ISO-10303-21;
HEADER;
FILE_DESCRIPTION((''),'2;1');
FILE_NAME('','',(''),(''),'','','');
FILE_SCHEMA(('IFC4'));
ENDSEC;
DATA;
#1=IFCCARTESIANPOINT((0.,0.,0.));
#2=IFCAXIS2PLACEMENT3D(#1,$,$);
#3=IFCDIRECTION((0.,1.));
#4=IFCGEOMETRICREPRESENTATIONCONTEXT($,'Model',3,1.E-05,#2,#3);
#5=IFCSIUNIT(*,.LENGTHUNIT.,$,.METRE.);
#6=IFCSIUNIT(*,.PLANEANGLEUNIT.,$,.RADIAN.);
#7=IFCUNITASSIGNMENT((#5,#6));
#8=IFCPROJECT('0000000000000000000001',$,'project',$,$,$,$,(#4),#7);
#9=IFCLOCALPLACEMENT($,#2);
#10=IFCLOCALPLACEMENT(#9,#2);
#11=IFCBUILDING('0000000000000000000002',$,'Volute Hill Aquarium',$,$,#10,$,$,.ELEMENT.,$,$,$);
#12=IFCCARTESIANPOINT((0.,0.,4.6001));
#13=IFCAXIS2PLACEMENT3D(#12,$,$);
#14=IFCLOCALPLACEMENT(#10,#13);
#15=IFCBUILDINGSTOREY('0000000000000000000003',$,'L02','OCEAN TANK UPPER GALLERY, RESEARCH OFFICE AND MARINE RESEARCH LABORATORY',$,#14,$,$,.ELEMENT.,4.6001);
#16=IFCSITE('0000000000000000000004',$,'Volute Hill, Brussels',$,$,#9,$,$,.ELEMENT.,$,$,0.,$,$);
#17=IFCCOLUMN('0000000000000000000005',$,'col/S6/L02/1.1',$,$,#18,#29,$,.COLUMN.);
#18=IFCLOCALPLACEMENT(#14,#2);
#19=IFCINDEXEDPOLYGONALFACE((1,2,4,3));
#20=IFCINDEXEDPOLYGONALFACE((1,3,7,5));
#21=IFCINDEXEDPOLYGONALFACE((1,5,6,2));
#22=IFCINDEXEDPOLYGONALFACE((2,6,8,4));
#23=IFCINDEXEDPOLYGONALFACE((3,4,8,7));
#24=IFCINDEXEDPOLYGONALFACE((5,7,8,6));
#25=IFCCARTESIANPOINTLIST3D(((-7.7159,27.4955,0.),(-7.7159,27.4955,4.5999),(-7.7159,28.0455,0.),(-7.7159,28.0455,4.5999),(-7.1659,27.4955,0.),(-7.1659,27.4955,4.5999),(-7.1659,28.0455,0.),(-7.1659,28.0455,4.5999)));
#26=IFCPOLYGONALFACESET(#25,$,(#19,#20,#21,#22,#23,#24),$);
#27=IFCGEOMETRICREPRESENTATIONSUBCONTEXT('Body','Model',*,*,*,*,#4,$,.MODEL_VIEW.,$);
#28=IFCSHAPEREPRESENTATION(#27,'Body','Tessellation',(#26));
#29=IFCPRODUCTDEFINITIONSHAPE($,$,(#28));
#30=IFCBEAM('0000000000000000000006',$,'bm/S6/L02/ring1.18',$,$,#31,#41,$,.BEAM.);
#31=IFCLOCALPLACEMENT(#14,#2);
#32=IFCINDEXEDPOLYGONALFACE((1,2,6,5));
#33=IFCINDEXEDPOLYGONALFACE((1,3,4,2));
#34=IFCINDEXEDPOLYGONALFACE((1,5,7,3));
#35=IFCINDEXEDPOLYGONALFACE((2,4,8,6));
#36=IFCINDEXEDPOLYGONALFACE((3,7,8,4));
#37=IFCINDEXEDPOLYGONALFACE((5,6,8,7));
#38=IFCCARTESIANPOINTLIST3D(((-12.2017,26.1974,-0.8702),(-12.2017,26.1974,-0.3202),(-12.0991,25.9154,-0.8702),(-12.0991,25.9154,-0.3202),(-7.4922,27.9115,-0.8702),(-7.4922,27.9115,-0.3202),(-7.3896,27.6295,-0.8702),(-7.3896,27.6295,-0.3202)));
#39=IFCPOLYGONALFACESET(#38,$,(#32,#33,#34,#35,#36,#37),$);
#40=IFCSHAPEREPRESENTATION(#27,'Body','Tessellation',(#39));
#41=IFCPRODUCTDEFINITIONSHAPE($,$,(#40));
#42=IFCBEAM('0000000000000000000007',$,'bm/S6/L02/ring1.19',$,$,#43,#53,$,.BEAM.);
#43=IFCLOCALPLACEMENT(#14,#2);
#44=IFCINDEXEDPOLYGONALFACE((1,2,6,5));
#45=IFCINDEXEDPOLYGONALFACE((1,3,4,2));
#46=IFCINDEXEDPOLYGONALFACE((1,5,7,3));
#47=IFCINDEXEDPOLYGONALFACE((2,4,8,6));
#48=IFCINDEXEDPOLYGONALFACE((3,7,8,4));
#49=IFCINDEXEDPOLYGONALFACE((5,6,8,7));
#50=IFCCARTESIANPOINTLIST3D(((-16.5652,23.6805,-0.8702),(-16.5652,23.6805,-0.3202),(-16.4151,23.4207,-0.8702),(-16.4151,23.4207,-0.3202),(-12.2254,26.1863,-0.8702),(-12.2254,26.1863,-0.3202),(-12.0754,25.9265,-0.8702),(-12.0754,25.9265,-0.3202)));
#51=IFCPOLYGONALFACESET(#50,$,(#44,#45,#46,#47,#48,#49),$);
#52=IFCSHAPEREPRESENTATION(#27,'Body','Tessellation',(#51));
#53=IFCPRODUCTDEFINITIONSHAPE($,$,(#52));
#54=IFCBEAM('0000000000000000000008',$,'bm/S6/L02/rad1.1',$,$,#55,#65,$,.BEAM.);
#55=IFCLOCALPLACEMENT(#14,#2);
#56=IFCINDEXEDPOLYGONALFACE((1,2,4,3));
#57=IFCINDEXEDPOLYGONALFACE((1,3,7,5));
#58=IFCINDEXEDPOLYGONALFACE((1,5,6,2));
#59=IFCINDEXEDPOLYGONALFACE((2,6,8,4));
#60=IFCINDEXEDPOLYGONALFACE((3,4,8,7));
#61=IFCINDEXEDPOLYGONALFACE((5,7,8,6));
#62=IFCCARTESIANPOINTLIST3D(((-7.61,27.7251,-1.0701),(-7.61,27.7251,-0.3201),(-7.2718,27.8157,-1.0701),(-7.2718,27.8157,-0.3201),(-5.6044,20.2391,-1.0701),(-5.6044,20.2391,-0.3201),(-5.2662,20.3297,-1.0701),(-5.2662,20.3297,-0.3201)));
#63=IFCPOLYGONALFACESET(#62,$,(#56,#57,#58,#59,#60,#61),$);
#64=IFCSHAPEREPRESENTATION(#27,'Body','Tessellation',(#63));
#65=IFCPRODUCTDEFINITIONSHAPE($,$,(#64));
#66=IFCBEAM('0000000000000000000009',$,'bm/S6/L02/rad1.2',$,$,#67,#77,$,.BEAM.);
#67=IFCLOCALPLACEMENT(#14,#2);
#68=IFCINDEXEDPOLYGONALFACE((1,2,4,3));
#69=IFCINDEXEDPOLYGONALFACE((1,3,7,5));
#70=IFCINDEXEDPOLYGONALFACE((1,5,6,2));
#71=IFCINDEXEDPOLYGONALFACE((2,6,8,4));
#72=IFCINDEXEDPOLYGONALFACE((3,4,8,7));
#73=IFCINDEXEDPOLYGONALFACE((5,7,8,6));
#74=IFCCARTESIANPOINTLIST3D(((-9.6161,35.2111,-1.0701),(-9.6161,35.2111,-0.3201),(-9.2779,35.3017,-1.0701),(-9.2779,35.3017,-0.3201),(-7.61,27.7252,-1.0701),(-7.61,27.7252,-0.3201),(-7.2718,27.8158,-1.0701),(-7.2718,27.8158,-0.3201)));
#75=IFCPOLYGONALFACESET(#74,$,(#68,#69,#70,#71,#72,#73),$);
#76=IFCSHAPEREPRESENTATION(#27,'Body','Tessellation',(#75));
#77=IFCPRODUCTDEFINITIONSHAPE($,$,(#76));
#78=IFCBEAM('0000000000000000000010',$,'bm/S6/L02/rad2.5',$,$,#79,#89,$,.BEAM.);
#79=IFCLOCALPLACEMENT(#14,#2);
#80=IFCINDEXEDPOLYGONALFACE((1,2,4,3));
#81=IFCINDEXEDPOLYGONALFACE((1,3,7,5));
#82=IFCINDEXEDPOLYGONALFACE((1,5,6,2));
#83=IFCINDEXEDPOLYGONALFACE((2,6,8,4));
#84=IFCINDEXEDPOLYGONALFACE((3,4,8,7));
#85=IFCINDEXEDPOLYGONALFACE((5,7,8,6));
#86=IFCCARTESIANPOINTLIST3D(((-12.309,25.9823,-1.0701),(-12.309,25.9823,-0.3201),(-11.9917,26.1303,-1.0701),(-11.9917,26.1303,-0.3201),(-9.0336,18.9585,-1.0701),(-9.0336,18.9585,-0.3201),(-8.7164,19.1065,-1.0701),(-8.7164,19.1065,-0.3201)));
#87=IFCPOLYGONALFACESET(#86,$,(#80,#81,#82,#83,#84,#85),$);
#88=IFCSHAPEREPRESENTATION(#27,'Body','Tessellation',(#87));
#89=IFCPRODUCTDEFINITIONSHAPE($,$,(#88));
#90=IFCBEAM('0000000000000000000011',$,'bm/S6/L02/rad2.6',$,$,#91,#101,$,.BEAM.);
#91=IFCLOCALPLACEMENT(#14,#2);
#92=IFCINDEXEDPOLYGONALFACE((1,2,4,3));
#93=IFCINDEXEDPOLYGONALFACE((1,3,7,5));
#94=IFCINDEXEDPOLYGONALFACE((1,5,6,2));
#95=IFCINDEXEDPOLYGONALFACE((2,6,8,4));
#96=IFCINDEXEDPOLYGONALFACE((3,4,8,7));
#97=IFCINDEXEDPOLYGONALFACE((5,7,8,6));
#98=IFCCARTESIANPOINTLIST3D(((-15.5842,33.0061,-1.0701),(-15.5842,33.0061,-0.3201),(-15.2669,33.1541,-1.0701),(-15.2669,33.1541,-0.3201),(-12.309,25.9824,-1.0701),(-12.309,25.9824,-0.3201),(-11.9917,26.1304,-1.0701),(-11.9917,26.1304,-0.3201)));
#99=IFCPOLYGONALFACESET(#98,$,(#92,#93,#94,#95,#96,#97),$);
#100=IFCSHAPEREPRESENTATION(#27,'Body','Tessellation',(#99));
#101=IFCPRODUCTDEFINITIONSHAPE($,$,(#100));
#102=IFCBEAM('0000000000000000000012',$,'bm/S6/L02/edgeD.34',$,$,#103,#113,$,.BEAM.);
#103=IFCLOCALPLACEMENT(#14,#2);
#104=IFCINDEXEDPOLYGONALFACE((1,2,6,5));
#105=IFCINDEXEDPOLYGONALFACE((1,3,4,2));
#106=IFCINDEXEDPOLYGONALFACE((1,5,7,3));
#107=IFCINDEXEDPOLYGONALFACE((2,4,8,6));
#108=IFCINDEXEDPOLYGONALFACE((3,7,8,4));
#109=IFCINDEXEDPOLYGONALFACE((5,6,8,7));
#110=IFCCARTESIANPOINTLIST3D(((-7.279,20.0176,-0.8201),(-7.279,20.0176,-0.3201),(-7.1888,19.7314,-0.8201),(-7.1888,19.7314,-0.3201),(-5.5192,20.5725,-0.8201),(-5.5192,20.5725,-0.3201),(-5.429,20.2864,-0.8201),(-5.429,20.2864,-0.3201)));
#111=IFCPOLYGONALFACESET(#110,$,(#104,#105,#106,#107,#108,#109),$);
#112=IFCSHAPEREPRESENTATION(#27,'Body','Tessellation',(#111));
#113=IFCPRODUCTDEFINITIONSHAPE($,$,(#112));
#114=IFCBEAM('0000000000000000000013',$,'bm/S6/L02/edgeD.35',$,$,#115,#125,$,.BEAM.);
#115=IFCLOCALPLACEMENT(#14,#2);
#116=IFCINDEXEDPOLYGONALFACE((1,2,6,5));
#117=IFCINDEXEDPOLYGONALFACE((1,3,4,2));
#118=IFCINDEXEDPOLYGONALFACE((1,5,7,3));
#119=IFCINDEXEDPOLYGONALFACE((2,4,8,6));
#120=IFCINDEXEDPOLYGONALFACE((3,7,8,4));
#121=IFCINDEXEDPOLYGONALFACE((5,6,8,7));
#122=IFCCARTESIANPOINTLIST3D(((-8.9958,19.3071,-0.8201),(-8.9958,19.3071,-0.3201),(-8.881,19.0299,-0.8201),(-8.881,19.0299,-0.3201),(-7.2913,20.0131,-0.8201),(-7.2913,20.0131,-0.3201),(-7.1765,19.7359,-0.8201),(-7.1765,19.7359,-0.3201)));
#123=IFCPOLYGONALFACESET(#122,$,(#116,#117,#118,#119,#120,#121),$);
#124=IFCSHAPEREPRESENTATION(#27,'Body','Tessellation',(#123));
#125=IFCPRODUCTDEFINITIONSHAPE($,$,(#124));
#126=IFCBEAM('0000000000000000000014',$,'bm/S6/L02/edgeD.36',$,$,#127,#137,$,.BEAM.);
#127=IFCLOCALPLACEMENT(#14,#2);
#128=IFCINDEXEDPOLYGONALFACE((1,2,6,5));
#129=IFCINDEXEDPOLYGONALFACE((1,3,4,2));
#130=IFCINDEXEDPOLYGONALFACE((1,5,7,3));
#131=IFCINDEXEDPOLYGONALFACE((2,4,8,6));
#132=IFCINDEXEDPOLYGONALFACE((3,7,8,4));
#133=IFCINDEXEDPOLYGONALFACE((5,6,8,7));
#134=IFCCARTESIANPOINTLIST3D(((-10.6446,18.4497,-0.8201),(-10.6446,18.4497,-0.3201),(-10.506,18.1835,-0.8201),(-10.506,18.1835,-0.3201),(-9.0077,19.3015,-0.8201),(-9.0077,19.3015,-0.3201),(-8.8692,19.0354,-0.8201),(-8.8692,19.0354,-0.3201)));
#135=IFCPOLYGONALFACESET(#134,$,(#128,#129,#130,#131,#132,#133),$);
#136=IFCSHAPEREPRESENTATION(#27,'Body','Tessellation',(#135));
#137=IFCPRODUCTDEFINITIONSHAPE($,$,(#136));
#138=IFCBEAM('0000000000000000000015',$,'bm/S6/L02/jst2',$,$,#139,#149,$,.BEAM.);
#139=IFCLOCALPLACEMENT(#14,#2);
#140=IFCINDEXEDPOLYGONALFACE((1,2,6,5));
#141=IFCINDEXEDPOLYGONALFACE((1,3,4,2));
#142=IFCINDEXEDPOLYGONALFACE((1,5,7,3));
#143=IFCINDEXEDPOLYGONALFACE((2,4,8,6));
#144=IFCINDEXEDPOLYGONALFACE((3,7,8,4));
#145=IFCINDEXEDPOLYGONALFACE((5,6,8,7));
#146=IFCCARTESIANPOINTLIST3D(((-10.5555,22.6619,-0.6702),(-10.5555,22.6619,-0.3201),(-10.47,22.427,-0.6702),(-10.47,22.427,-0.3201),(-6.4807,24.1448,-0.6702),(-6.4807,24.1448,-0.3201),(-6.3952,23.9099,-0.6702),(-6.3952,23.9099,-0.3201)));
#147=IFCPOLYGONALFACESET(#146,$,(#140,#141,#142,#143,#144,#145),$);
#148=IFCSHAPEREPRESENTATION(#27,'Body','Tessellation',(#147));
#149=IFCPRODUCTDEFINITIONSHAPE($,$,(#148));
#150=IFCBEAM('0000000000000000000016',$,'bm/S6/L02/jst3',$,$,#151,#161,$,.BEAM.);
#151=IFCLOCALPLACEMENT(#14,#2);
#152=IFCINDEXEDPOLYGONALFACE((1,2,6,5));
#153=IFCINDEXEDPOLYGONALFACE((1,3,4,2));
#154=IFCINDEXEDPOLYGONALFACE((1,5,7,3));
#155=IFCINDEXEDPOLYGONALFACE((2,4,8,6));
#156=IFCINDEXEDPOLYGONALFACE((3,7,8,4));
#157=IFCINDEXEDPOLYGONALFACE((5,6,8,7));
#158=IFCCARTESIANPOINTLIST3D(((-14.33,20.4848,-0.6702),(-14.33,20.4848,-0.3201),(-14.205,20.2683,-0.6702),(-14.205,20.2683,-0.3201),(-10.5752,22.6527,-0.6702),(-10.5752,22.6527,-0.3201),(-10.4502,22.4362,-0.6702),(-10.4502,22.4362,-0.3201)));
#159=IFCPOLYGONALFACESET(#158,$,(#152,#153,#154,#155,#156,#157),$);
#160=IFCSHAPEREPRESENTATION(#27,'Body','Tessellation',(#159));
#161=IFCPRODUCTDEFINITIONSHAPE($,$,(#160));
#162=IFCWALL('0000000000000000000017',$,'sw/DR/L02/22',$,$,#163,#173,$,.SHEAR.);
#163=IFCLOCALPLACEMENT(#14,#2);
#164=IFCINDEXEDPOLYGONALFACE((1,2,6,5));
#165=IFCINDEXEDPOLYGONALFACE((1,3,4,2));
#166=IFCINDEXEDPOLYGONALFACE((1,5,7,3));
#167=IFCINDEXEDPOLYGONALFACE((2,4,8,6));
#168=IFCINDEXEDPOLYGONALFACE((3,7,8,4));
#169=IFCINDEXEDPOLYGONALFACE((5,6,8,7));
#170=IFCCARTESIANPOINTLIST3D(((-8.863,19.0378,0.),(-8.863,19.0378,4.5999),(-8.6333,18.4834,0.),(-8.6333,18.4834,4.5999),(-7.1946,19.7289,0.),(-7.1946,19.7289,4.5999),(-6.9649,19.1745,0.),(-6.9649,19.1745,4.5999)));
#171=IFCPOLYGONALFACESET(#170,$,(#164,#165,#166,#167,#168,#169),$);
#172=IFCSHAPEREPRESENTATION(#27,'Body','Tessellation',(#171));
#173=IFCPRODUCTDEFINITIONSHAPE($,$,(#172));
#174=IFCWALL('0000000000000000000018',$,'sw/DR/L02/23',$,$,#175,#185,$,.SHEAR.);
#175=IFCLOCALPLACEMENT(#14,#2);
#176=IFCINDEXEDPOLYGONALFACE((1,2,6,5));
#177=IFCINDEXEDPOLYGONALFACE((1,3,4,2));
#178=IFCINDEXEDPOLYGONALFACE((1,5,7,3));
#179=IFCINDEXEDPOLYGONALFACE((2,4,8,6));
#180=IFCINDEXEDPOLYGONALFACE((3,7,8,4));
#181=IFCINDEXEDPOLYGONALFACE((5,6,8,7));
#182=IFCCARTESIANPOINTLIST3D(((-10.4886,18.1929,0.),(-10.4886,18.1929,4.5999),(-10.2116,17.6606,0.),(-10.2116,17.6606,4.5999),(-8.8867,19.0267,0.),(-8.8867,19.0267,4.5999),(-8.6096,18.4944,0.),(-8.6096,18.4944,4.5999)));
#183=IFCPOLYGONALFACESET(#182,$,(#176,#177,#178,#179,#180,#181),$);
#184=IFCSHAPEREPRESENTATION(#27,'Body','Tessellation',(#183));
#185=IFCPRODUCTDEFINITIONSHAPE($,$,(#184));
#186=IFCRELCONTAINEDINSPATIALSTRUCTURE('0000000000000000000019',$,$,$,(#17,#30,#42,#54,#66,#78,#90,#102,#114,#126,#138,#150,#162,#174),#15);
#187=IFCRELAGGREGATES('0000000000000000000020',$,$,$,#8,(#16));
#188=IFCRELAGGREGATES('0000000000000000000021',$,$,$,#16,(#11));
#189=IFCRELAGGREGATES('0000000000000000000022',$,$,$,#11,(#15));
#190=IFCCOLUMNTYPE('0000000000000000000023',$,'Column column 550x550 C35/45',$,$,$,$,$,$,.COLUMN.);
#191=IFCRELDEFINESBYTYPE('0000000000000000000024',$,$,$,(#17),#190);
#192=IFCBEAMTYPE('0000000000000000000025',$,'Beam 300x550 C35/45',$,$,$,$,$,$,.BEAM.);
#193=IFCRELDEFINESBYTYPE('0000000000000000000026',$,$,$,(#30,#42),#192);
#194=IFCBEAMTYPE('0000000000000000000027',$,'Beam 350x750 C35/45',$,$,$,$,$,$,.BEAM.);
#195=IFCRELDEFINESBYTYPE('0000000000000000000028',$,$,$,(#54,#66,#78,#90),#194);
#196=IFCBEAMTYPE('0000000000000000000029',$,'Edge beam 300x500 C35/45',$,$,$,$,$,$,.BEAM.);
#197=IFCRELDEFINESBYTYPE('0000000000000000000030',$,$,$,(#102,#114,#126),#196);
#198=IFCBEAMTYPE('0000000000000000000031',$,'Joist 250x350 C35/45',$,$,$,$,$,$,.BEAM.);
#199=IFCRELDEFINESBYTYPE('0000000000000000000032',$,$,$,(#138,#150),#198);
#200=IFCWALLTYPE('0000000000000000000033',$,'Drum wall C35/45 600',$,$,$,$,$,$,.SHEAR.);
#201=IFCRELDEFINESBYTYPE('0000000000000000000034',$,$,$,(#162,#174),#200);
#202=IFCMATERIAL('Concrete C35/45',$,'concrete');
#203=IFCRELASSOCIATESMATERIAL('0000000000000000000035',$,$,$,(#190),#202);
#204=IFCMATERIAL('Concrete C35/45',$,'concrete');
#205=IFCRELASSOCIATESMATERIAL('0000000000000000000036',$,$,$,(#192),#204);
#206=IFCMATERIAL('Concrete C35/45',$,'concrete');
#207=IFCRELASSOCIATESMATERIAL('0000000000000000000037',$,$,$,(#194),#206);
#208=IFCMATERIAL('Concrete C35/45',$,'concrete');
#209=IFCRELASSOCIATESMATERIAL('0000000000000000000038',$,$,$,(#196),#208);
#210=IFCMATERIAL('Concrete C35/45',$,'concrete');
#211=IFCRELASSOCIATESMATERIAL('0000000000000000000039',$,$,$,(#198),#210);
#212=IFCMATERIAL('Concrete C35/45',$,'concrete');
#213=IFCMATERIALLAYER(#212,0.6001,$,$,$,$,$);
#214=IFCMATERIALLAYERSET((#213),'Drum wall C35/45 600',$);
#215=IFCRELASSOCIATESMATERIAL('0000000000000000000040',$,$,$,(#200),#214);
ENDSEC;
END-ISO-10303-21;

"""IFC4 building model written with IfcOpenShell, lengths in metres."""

from ifc_helpers import new_model, si_unit, direction, frame, frame_2d, origin, origin_2d, place, context, subcontext, project, spatial, rectangle, extrude, material, layer, layer_set, material_profile, profile_set, type_object, element, save


model = new_model("IFC4")

# Units and contexts
model_context = context("Model", 3, precision=1e-05, world=origin(), true_north=direction((0.0, 1.0)))
body_context = subcontext(model_context, "Body", "Model", "MODEL_VIEW")
ifc_project = project(units=[si_unit("LENGTHUNIT", "METRE"), si_unit("PLANEANGLEUNIT", "RADIAN")], contexts=[model_context])

# Site, building, storey
site_placement = place(None, origin())
site = spatial("IfcSite", under=ifc_project, at=site_placement, Name="Volute Hill, Brussels", CompositionType="ELEMENT", RefElevation=0.0)
building_placement = place(site_placement, origin())
building = spatial("IfcBuilding", under=site, at=building_placement, Name="Volute Hill Aquarium", CompositionType="ELEMENT")
storey_placement = place(building_placement, frame((0.0, 0.0, 4.6001)))
storey = spatial("IfcBuildingStorey", under=building, at=storey_placement, Name="L02", Description="OCEAN TANK UPPER GALLERY, RESEARCH OFFICE AND MARINE RESEARCH LABORATORY", CompositionType="ELEMENT", Elevation=4.6001)

# Column
ifc_material_1 = material(Name="Concrete C35/45", Category="concrete")
ifc_material_profile_1 = material_profile(ifc_material_1, rectangle(XDim=0.55, YDim=0.55, at=origin_2d()), Name="RC column 550x550")
ifc_profile_set_1 = profile_set([ifc_material_profile_1], Name="Concrete C35/45")
column_type = type_object("IfcColumnType", Name="Column column 550x550 C35/45", PredefinedType="COLUMN", material=ifc_profile_set_1)
column_placement = place(storey_placement, frame((-7.4409, 27.7705, 0.0), z_axis=(0.0, 0.0, 1.0), x_axis=(1.0, 0.0, 0.0)))
element("IfcColumn", 1, at=column_placement, inside=storey, type_object=column_type, Name="col/S6/L02/1.1", PredefinedType="COLUMN", context=body_context, shape_type="SweptSolid", body=[
    extrude(rectangle(XDim=0.55, YDim=0.55, at=origin_2d()), origin(), (0.0, 0.0, 1.0), 4.5999),
])

# Beams
ifc_material_2 = material(Name="Concrete C35/45", Category="concrete")
ifc_material_profile_2 = material_profile(ifc_material_2, rectangle(XDim=0.3, YDim=0.55, at=origin_2d()), Name="RC beam 300x550")
ifc_profile_set_2 = profile_set([ifc_material_profile_2], Name="Concrete C35/45")
beam_type_1 = type_object("IfcBeamType", Name="Beam 300x550 C35/45", PredefinedType="BEAM", material=ifc_profile_set_2)
beam_1_placement = place(storey_placement, frame((-7.4409, 27.7705, -0.5952), z_axis=(-0.939692, -0.342021, 0.0), x_axis=(0.342021, -0.939692, 0.0)))
element("IfcBeam", 2, at=beam_1_placement, inside=storey, type_object=beam_type_1, Name="bm/S6/L02/ring1.18", PredefinedType="BEAM", context=body_context, shape_type="SweptSolid", body=[
    extrude(rectangle(XDim=0.3, YDim=0.55, at=origin_2d()), origin(), (0.0, 0.0, 1.0), 5.0117),
])
beam_2_placement = place(storey_placement, frame((-12.1504, 26.0564, -0.5952), z_axis=(-0.866004, -0.500037, 0.0), x_axis=(0.500037, -0.866004, 0.0)))
element("IfcBeam", 3, at=beam_2_placement, inside=storey, type_object=beam_type_1, Name="bm/S6/L02/ring1.19", PredefinedType="BEAM", context=body_context, shape_type="SweptSolid", body=[
    extrude(rectangle(XDim=0.3, YDim=0.55, at=origin_2d()), origin(), (0.0, 0.0, 1.0), 5.0112),
])
ifc_material_3 = material(Name="Concrete C35/45", Category="concrete")
ifc_material_profile_3 = material_profile(ifc_material_3, rectangle(XDim=0.3501, YDim=0.75, at=origin_2d()), Name="RC beam 350x750")
ifc_profile_set_3 = profile_set([ifc_material_profile_3], Name="Concrete C35/45")
beam_type_2 = type_object("IfcBeamType", Name="Beam 350x750 C35/45", PredefinedType="BEAM", material=ifc_profile_set_3)
for number, where, z_axis, x_axis, name in (
    (4, (-5.4353, 20.2844, -0.6951), (-0.258786, 0.965935, 0.0), (-0.965935, -0.258786, 0.0), "bm/S6/L02/rad1.1"),
    (5, (-7.4409, 27.7705, -0.6951), (-0.258853, 0.965917, 0.0), (-0.965917, -0.258853, 0.0), "bm/S6/L02/rad1.2"),
    (6, (-8.875, 19.0325, -0.6951), (-0.422627, 0.906304, 0.0), (-0.906304, -0.422627, 0.0), "bm/S6/L02/rad2.5"),
):
    element("IfcBeam", number, at=place(storey_placement, frame(where, z_axis=z_axis, x_axis=x_axis)), inside=storey, type_object=beam_type_2, Name=name, PredefinedType="BEAM", context=body_context, shape_type="SweptSolid", body=[
        extrude(rectangle(XDim=0.3501, YDim=0.75, at=origin_2d()), origin(), (0.0, 0.0, 1.0), 7.75),
    ])
beam_3_placement = place(storey_placement, frame((-12.1504, 26.0564, -0.6951), z_axis=(-0.422613, 0.90631, 0.0), x_axis=(-0.90631, -0.422613, 0.0)))
element("IfcBeam", 7, at=beam_3_placement, inside=storey, type_object=beam_type_2, Name="bm/S6/L02/rad2.6", PredefinedType="BEAM", context=body_context, shape_type="SweptSolid", body=[
    extrude(rectangle(XDim=0.3501, YDim=0.75, at=origin_2d()), origin(), (0.0, 0.0, 1.0), 7.7498),
])
ifc_material_4 = material(Name="Concrete C35/45", Category="concrete")
ifc_material_profile_4 = material_profile(ifc_material_4, rectangle(XDim=0.3, YDim=0.5, at=origin_2d()), Name="RC edge beam 300x500")
ifc_profile_set_4 = profile_set([ifc_material_profile_4], Name="Concrete C35/45")
beam_type_3 = type_object("IfcBeamType", Name="Edge beam 300x500 C35/45", PredefinedType="BEAM", material=ifc_profile_set_4)
beam_4_placement = place(storey_placement, frame((-5.4741, 20.4294, -0.5701), z_axis=(-0.953705, -0.300745, 0.0), x_axis=(0.300745, -0.953705, 0.0)))
element("IfcBeam", 8, at=beam_4_placement, inside=storey, type_object=beam_type_3, Name="bm/S6/L02/edgeD.34", PredefinedType="BEAM", context=body_context, shape_type="SweptSolid", body=[
    extrude(rectangle(XDim=0.3, YDim=0.5, at=origin_2d()), origin(), (0.0, 0.0, 1.0), 1.8452),
])
beam_5_placement = place(storey_placement, frame((-7.2339, 19.8745, -0.5701), z_axis=(-0.923881, -0.382679, 0.0), x_axis=(0.382679, -0.923881, 0.0)))
element("IfcBeam", 9, at=beam_5_placement, inside=storey, type_object=beam_type_3, Name="bm/S6/L02/edgeD.35", PredefinedType="BEAM", context=body_context, shape_type="SweptSolid", body=[
    extrude(rectangle(XDim=0.3, YDim=0.5, at=origin_2d()), origin(), (0.0, 0.0, 1.0), 1.845),
])
beam_6_placement = place(storey_placement, frame((-8.9385, 19.1685, -0.5701), z_axis=(-0.887059, -0.461657, 0.0), x_axis=(0.461657, -0.887059, 0.0)))
element("IfcBeam", 10, at=beam_6_placement, inside=storey, type_object=beam_type_3, Name="bm/S6/L02/edgeD.36", PredefinedType="BEAM", context=body_context, shape_type="SweptSolid", body=[
    extrude(rectangle(XDim=0.3, YDim=0.5, at=origin_2d()), origin(), (0.0, 0.0, 1.0), 1.8452),
])
ifc_material_5 = material(Name="Concrete C35/45", Category="concrete")
ifc_material_profile_5 = material_profile(ifc_material_5, rectangle(XDim=0.25, YDim=0.3501, at=origin_2d()), Name="RC joist 250x350")
ifc_profile_set_5 = profile_set([ifc_material_profile_5], Name="Concrete C35/45")
beam_type_4 = type_object("IfcBeamType", Name="Joist 250x350 C35/45", PredefinedType="BEAM", material=ifc_profile_set_5)
beam_7_placement = place(storey_placement, frame((-6.438, 24.0273, -0.4951), z_axis=(-0.939705, -0.341987, 0.0), x_axis=(0.341987, -0.939705, 0.0)))
element("IfcBeam", 11, at=beam_7_placement, inside=storey, type_object=beam_type_4, Name="bm/S6/L02/jst2", PredefinedType="BEAM", context=body_context, shape_type="SweptSolid", body=[
    extrude(rectangle(XDim=0.25, YDim=0.3501, at=origin_2d()), origin(), (0.0, 0.0, 1.0), 4.3362),
])
beam_8_placement = place(storey_placement, frame((-10.5127, 22.5444, -0.4951), z_axis=(-0.866017, -0.500015, 0.0), x_axis=(0.500015, -0.866017, 0.0)))
element("IfcBeam", 12, at=beam_8_placement, inside=storey, type_object=beam_type_4, Name="bm/S6/L02/jst3", PredefinedType="BEAM", context=body_context, shape_type="SweptSolid", body=[
    extrude(rectangle(XDim=0.25, YDim=0.3501, at=origin_2d()), origin(), (0.0, 0.0, 1.0), 4.3357),
])

# Walls
ifc_material_6 = material(Name="Concrete C35/45", Category="concrete")
ifc_layer_1 = layer(ifc_material_6, 0.6001)
ifc_layer_set_1 = layer_set([ifc_layer_1], Name="Drum wall C35/45 600")
wall_type_1 = type_object("IfcWallType", Name="Drum wall C35/45 600", PredefinedType="SHEAR", material=ifc_layer_set_1)
for number, where, z_axis, x_axis, name in (
    (13, (-7.0798, 19.4517, 0.0), (0.0, 0.0, 1.0), (-0.923867, -0.382714, 0.0), "sw/DR/L02/22"),
    (14, (-8.7483, 18.7605, 0.0), (0.0, 0.0, 1.0), (-0.887035, -0.461702, 0.0), "sw/DR/L02/23"),
):
    element("IfcWall", number, at=place(storey_placement, frame(where, z_axis=z_axis, x_axis=x_axis)), inside=storey, type_object=wall_type_1, Name=name, PredefinedType="SHEAR", context=body_context, shape_type="SweptSolid", body=[
        extrude(rectangle(XDim=1.8059, YDim=0.6001, at=frame_2d((0.9028, 0.0))), origin(), (0.0, 0.0, 1.0), 4.5999),
    ])

save(model, "model.ifc")
